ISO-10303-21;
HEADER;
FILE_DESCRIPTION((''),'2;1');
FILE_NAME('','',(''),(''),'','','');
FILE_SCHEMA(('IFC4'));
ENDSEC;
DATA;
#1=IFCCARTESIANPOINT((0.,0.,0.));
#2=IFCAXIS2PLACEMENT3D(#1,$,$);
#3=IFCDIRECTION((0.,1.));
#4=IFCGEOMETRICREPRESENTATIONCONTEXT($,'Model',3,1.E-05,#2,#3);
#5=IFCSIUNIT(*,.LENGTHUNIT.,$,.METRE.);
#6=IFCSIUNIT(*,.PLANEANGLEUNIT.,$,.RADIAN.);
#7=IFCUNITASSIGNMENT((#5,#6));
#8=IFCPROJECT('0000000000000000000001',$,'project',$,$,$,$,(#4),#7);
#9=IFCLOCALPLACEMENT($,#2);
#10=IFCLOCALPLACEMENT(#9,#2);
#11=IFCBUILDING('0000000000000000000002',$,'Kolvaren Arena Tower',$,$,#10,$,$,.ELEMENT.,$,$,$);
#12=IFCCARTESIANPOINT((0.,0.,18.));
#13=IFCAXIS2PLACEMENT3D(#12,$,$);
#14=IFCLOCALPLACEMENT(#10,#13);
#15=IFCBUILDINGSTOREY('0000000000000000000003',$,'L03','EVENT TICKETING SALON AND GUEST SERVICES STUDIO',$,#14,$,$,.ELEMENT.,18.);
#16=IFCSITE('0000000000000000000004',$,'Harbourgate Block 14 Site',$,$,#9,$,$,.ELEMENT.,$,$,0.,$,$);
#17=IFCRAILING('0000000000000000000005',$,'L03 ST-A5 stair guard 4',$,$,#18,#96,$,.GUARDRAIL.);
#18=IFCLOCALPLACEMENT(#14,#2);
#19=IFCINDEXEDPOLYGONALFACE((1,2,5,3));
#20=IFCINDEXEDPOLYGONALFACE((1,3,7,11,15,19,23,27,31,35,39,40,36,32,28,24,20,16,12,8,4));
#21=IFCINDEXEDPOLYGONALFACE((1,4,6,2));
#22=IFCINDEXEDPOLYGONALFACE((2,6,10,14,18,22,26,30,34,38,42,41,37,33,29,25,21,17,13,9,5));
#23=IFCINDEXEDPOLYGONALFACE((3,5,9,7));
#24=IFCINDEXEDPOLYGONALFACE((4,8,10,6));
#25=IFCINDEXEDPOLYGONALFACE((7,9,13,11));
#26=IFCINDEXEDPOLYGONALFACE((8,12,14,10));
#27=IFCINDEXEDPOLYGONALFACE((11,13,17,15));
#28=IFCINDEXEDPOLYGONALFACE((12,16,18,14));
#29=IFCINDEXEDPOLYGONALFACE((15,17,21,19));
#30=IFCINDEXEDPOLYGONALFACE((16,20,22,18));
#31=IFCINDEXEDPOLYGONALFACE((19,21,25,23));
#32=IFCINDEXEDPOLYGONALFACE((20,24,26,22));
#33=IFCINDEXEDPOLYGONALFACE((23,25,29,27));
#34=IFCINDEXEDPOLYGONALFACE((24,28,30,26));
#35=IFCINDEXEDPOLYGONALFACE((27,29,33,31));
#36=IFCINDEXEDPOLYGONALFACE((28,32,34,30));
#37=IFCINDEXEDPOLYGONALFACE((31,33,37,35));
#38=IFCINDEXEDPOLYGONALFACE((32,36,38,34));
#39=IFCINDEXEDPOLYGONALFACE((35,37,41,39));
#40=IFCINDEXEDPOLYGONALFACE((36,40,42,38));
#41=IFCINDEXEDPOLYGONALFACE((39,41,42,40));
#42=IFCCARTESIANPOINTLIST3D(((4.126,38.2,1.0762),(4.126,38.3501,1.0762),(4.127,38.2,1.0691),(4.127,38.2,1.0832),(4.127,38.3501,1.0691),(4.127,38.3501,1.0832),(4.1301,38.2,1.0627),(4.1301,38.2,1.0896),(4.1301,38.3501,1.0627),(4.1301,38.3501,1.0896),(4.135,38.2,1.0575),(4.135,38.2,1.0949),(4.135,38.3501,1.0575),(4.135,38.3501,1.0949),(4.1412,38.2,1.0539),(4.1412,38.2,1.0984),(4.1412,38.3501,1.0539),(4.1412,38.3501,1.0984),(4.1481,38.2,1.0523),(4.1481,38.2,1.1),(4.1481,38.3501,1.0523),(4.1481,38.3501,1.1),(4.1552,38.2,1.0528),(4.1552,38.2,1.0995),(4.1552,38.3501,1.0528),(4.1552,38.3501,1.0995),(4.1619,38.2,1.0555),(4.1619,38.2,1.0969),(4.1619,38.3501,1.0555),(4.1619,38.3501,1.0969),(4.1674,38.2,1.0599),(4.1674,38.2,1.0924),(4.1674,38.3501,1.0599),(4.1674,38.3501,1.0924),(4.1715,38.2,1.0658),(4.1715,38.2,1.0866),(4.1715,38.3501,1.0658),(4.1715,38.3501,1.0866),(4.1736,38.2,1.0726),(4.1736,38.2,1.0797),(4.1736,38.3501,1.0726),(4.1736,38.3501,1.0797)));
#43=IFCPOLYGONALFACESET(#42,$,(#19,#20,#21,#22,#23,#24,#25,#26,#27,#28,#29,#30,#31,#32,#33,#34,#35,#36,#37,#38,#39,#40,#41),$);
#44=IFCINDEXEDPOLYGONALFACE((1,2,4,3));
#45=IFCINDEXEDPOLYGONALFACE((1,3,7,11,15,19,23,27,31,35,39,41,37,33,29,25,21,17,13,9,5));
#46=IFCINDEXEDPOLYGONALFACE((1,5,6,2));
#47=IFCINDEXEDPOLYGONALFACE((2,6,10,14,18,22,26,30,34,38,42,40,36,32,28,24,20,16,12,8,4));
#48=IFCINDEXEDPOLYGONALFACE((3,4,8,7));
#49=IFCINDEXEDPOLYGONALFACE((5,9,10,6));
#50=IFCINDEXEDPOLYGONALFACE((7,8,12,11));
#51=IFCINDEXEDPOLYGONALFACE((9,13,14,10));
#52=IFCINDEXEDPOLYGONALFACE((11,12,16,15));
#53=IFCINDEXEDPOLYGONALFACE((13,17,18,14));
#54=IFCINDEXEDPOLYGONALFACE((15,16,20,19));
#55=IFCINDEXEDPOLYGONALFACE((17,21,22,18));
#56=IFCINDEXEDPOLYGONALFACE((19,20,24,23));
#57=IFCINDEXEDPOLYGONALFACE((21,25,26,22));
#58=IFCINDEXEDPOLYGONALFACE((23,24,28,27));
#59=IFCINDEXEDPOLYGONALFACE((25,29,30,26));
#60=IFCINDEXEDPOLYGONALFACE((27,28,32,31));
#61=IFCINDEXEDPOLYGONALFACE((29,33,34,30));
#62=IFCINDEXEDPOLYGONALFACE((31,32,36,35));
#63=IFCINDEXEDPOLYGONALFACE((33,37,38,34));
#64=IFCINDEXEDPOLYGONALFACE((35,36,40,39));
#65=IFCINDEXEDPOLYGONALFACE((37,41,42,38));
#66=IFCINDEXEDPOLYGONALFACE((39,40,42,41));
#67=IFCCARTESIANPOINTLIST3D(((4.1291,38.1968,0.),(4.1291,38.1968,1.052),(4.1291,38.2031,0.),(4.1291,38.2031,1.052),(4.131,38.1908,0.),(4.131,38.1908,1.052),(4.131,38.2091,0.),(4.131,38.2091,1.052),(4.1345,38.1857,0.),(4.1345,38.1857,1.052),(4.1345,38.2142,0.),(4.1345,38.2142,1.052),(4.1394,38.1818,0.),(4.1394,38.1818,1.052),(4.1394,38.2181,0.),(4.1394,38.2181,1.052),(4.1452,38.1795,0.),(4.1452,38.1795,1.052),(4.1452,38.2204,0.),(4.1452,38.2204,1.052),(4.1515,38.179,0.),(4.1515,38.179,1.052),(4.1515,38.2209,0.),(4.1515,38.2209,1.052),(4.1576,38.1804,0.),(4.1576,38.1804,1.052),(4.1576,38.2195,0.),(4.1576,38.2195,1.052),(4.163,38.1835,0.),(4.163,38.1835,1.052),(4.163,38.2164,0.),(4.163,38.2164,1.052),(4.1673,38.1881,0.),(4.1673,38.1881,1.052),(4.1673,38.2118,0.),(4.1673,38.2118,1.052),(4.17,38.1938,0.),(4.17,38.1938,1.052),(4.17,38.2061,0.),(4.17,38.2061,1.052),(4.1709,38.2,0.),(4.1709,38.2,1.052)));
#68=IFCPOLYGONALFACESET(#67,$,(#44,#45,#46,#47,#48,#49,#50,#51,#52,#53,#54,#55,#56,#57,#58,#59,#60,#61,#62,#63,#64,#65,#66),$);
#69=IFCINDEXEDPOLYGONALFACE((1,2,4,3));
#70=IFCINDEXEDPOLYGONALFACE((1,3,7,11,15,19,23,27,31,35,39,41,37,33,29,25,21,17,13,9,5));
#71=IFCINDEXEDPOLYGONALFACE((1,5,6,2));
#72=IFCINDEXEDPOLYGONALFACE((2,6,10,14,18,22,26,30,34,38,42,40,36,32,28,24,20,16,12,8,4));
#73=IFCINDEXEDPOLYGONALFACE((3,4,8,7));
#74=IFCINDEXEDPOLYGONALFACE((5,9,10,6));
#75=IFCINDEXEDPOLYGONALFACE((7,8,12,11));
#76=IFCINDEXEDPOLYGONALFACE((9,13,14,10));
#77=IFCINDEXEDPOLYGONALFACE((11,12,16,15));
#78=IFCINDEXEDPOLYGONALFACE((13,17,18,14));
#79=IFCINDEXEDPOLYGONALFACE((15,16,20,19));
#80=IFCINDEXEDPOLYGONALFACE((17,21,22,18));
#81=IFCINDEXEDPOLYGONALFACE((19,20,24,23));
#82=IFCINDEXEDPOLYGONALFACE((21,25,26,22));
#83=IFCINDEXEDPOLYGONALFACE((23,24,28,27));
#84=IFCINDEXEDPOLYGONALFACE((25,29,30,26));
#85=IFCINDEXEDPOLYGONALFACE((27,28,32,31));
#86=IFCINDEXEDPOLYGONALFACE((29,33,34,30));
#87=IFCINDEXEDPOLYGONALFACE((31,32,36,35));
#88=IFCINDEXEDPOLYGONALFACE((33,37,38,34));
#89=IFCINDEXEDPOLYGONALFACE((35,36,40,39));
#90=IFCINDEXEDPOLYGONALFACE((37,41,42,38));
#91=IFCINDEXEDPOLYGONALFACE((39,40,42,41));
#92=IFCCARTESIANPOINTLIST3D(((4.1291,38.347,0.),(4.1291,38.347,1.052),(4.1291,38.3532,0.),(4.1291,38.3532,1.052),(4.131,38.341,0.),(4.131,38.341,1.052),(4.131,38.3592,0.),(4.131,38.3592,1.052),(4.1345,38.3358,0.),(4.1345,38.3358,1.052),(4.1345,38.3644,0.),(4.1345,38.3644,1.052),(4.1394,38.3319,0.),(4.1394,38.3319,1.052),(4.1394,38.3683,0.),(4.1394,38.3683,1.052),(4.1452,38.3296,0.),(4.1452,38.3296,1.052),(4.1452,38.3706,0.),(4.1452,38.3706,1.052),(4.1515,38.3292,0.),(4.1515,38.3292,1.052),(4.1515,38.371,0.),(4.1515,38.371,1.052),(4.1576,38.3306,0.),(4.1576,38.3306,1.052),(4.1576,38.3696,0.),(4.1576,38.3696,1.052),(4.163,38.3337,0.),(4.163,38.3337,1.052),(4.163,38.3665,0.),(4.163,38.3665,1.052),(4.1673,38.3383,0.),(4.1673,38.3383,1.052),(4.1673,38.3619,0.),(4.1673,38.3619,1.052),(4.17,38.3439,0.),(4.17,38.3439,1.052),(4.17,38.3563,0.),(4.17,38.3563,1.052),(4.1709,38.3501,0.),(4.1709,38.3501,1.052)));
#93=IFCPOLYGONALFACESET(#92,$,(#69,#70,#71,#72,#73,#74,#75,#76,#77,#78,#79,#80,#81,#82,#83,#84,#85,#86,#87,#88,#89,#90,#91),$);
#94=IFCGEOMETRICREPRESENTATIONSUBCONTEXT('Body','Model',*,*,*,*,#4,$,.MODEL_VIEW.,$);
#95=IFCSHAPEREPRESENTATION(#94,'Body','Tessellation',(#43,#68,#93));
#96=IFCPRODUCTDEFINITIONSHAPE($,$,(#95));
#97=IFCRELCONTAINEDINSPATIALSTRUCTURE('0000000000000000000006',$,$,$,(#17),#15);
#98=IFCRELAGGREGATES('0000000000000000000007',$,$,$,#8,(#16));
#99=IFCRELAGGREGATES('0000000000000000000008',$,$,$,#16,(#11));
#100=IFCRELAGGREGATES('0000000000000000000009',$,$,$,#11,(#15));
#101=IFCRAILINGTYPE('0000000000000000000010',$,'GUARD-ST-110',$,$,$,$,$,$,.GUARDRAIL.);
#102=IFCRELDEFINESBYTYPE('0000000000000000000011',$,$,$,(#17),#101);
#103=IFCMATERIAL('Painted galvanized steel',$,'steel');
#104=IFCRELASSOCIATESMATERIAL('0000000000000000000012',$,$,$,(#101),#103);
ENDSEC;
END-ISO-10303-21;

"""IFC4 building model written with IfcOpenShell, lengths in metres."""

from ifc_helpers import new_model, si_unit, direction, frame, origin, origin_2d, place, context, subcontext, project, spatial, circle, extrude, material, type_object, element, save


model = new_model("IFC4")

# Units and contexts
model_context = context("Model", 3, precision=1e-05, world=origin(), true_north=direction((0.0, 1.0)))
body_context = subcontext(model_context, "Body", "Model", "MODEL_VIEW")
ifc_project = project(units=[si_unit("LENGTHUNIT", "METRE"), si_unit("PLANEANGLEUNIT", "RADIAN")], contexts=[model_context])

# Site, building, storey
site_placement = place(None, origin())
site = spatial("IfcSite", under=ifc_project, at=site_placement, Name="Harbourgate Block 14 Site", CompositionType="ELEMENT", RefElevation=0.0)
building_placement = place(site_placement, origin())
building = spatial("IfcBuilding", under=site, at=building_placement, Name="Kolvaren Arena Tower", CompositionType="ELEMENT")
storey_placement = place(building_placement, frame((0.0, 0.0, 18.0)))
storey = spatial("IfcBuildingStorey", under=building, at=storey_placement, Name="L03", Description="EVENT TICKETING SALON AND GUEST SERVICES STUDIO", CompositionType="ELEMENT", Elevation=18.0)

# Railing
ifc_material_1 = material(Name="Painted galvanized steel", Category="steel")
railing_type_1 = type_object("IfcRailingType", Name="GUARD-ST-110", PredefinedType="GUARDRAIL", material=ifc_material_1)
railing_1_placement = place(storey_placement, frame((4.1499, 38.2, 0.0)))
element("IfcRailing", 1, at=railing_1_placement, inside=storey, type_object=railing_type_1, Name="L03 ST-A5 stair guard 4", PredefinedType="GUARDRAIL", context=body_context, shape_type="SweptSolid", body=[
    extrude(circle(Radius=0.0239, at=origin_2d()), frame((0.0, 0.0, 1.0762), z_axis=(0.0, 1.0, 0.0), x_axis=(-1.0, 0.0, 0.0)), (0.0, 0.0, 1.0), 0.1501),
    extrude(circle(Radius=0.021, at=origin_2d()), origin(), (0.0, 0.0, 1.0), 1.052),
    extrude(circle(Radius=0.021, at=origin_2d()), frame((0.0, 0.1501, 0.0)), (0.0, 0.0, 1.0), 1.052),
])

save(model, "model.ifc")
